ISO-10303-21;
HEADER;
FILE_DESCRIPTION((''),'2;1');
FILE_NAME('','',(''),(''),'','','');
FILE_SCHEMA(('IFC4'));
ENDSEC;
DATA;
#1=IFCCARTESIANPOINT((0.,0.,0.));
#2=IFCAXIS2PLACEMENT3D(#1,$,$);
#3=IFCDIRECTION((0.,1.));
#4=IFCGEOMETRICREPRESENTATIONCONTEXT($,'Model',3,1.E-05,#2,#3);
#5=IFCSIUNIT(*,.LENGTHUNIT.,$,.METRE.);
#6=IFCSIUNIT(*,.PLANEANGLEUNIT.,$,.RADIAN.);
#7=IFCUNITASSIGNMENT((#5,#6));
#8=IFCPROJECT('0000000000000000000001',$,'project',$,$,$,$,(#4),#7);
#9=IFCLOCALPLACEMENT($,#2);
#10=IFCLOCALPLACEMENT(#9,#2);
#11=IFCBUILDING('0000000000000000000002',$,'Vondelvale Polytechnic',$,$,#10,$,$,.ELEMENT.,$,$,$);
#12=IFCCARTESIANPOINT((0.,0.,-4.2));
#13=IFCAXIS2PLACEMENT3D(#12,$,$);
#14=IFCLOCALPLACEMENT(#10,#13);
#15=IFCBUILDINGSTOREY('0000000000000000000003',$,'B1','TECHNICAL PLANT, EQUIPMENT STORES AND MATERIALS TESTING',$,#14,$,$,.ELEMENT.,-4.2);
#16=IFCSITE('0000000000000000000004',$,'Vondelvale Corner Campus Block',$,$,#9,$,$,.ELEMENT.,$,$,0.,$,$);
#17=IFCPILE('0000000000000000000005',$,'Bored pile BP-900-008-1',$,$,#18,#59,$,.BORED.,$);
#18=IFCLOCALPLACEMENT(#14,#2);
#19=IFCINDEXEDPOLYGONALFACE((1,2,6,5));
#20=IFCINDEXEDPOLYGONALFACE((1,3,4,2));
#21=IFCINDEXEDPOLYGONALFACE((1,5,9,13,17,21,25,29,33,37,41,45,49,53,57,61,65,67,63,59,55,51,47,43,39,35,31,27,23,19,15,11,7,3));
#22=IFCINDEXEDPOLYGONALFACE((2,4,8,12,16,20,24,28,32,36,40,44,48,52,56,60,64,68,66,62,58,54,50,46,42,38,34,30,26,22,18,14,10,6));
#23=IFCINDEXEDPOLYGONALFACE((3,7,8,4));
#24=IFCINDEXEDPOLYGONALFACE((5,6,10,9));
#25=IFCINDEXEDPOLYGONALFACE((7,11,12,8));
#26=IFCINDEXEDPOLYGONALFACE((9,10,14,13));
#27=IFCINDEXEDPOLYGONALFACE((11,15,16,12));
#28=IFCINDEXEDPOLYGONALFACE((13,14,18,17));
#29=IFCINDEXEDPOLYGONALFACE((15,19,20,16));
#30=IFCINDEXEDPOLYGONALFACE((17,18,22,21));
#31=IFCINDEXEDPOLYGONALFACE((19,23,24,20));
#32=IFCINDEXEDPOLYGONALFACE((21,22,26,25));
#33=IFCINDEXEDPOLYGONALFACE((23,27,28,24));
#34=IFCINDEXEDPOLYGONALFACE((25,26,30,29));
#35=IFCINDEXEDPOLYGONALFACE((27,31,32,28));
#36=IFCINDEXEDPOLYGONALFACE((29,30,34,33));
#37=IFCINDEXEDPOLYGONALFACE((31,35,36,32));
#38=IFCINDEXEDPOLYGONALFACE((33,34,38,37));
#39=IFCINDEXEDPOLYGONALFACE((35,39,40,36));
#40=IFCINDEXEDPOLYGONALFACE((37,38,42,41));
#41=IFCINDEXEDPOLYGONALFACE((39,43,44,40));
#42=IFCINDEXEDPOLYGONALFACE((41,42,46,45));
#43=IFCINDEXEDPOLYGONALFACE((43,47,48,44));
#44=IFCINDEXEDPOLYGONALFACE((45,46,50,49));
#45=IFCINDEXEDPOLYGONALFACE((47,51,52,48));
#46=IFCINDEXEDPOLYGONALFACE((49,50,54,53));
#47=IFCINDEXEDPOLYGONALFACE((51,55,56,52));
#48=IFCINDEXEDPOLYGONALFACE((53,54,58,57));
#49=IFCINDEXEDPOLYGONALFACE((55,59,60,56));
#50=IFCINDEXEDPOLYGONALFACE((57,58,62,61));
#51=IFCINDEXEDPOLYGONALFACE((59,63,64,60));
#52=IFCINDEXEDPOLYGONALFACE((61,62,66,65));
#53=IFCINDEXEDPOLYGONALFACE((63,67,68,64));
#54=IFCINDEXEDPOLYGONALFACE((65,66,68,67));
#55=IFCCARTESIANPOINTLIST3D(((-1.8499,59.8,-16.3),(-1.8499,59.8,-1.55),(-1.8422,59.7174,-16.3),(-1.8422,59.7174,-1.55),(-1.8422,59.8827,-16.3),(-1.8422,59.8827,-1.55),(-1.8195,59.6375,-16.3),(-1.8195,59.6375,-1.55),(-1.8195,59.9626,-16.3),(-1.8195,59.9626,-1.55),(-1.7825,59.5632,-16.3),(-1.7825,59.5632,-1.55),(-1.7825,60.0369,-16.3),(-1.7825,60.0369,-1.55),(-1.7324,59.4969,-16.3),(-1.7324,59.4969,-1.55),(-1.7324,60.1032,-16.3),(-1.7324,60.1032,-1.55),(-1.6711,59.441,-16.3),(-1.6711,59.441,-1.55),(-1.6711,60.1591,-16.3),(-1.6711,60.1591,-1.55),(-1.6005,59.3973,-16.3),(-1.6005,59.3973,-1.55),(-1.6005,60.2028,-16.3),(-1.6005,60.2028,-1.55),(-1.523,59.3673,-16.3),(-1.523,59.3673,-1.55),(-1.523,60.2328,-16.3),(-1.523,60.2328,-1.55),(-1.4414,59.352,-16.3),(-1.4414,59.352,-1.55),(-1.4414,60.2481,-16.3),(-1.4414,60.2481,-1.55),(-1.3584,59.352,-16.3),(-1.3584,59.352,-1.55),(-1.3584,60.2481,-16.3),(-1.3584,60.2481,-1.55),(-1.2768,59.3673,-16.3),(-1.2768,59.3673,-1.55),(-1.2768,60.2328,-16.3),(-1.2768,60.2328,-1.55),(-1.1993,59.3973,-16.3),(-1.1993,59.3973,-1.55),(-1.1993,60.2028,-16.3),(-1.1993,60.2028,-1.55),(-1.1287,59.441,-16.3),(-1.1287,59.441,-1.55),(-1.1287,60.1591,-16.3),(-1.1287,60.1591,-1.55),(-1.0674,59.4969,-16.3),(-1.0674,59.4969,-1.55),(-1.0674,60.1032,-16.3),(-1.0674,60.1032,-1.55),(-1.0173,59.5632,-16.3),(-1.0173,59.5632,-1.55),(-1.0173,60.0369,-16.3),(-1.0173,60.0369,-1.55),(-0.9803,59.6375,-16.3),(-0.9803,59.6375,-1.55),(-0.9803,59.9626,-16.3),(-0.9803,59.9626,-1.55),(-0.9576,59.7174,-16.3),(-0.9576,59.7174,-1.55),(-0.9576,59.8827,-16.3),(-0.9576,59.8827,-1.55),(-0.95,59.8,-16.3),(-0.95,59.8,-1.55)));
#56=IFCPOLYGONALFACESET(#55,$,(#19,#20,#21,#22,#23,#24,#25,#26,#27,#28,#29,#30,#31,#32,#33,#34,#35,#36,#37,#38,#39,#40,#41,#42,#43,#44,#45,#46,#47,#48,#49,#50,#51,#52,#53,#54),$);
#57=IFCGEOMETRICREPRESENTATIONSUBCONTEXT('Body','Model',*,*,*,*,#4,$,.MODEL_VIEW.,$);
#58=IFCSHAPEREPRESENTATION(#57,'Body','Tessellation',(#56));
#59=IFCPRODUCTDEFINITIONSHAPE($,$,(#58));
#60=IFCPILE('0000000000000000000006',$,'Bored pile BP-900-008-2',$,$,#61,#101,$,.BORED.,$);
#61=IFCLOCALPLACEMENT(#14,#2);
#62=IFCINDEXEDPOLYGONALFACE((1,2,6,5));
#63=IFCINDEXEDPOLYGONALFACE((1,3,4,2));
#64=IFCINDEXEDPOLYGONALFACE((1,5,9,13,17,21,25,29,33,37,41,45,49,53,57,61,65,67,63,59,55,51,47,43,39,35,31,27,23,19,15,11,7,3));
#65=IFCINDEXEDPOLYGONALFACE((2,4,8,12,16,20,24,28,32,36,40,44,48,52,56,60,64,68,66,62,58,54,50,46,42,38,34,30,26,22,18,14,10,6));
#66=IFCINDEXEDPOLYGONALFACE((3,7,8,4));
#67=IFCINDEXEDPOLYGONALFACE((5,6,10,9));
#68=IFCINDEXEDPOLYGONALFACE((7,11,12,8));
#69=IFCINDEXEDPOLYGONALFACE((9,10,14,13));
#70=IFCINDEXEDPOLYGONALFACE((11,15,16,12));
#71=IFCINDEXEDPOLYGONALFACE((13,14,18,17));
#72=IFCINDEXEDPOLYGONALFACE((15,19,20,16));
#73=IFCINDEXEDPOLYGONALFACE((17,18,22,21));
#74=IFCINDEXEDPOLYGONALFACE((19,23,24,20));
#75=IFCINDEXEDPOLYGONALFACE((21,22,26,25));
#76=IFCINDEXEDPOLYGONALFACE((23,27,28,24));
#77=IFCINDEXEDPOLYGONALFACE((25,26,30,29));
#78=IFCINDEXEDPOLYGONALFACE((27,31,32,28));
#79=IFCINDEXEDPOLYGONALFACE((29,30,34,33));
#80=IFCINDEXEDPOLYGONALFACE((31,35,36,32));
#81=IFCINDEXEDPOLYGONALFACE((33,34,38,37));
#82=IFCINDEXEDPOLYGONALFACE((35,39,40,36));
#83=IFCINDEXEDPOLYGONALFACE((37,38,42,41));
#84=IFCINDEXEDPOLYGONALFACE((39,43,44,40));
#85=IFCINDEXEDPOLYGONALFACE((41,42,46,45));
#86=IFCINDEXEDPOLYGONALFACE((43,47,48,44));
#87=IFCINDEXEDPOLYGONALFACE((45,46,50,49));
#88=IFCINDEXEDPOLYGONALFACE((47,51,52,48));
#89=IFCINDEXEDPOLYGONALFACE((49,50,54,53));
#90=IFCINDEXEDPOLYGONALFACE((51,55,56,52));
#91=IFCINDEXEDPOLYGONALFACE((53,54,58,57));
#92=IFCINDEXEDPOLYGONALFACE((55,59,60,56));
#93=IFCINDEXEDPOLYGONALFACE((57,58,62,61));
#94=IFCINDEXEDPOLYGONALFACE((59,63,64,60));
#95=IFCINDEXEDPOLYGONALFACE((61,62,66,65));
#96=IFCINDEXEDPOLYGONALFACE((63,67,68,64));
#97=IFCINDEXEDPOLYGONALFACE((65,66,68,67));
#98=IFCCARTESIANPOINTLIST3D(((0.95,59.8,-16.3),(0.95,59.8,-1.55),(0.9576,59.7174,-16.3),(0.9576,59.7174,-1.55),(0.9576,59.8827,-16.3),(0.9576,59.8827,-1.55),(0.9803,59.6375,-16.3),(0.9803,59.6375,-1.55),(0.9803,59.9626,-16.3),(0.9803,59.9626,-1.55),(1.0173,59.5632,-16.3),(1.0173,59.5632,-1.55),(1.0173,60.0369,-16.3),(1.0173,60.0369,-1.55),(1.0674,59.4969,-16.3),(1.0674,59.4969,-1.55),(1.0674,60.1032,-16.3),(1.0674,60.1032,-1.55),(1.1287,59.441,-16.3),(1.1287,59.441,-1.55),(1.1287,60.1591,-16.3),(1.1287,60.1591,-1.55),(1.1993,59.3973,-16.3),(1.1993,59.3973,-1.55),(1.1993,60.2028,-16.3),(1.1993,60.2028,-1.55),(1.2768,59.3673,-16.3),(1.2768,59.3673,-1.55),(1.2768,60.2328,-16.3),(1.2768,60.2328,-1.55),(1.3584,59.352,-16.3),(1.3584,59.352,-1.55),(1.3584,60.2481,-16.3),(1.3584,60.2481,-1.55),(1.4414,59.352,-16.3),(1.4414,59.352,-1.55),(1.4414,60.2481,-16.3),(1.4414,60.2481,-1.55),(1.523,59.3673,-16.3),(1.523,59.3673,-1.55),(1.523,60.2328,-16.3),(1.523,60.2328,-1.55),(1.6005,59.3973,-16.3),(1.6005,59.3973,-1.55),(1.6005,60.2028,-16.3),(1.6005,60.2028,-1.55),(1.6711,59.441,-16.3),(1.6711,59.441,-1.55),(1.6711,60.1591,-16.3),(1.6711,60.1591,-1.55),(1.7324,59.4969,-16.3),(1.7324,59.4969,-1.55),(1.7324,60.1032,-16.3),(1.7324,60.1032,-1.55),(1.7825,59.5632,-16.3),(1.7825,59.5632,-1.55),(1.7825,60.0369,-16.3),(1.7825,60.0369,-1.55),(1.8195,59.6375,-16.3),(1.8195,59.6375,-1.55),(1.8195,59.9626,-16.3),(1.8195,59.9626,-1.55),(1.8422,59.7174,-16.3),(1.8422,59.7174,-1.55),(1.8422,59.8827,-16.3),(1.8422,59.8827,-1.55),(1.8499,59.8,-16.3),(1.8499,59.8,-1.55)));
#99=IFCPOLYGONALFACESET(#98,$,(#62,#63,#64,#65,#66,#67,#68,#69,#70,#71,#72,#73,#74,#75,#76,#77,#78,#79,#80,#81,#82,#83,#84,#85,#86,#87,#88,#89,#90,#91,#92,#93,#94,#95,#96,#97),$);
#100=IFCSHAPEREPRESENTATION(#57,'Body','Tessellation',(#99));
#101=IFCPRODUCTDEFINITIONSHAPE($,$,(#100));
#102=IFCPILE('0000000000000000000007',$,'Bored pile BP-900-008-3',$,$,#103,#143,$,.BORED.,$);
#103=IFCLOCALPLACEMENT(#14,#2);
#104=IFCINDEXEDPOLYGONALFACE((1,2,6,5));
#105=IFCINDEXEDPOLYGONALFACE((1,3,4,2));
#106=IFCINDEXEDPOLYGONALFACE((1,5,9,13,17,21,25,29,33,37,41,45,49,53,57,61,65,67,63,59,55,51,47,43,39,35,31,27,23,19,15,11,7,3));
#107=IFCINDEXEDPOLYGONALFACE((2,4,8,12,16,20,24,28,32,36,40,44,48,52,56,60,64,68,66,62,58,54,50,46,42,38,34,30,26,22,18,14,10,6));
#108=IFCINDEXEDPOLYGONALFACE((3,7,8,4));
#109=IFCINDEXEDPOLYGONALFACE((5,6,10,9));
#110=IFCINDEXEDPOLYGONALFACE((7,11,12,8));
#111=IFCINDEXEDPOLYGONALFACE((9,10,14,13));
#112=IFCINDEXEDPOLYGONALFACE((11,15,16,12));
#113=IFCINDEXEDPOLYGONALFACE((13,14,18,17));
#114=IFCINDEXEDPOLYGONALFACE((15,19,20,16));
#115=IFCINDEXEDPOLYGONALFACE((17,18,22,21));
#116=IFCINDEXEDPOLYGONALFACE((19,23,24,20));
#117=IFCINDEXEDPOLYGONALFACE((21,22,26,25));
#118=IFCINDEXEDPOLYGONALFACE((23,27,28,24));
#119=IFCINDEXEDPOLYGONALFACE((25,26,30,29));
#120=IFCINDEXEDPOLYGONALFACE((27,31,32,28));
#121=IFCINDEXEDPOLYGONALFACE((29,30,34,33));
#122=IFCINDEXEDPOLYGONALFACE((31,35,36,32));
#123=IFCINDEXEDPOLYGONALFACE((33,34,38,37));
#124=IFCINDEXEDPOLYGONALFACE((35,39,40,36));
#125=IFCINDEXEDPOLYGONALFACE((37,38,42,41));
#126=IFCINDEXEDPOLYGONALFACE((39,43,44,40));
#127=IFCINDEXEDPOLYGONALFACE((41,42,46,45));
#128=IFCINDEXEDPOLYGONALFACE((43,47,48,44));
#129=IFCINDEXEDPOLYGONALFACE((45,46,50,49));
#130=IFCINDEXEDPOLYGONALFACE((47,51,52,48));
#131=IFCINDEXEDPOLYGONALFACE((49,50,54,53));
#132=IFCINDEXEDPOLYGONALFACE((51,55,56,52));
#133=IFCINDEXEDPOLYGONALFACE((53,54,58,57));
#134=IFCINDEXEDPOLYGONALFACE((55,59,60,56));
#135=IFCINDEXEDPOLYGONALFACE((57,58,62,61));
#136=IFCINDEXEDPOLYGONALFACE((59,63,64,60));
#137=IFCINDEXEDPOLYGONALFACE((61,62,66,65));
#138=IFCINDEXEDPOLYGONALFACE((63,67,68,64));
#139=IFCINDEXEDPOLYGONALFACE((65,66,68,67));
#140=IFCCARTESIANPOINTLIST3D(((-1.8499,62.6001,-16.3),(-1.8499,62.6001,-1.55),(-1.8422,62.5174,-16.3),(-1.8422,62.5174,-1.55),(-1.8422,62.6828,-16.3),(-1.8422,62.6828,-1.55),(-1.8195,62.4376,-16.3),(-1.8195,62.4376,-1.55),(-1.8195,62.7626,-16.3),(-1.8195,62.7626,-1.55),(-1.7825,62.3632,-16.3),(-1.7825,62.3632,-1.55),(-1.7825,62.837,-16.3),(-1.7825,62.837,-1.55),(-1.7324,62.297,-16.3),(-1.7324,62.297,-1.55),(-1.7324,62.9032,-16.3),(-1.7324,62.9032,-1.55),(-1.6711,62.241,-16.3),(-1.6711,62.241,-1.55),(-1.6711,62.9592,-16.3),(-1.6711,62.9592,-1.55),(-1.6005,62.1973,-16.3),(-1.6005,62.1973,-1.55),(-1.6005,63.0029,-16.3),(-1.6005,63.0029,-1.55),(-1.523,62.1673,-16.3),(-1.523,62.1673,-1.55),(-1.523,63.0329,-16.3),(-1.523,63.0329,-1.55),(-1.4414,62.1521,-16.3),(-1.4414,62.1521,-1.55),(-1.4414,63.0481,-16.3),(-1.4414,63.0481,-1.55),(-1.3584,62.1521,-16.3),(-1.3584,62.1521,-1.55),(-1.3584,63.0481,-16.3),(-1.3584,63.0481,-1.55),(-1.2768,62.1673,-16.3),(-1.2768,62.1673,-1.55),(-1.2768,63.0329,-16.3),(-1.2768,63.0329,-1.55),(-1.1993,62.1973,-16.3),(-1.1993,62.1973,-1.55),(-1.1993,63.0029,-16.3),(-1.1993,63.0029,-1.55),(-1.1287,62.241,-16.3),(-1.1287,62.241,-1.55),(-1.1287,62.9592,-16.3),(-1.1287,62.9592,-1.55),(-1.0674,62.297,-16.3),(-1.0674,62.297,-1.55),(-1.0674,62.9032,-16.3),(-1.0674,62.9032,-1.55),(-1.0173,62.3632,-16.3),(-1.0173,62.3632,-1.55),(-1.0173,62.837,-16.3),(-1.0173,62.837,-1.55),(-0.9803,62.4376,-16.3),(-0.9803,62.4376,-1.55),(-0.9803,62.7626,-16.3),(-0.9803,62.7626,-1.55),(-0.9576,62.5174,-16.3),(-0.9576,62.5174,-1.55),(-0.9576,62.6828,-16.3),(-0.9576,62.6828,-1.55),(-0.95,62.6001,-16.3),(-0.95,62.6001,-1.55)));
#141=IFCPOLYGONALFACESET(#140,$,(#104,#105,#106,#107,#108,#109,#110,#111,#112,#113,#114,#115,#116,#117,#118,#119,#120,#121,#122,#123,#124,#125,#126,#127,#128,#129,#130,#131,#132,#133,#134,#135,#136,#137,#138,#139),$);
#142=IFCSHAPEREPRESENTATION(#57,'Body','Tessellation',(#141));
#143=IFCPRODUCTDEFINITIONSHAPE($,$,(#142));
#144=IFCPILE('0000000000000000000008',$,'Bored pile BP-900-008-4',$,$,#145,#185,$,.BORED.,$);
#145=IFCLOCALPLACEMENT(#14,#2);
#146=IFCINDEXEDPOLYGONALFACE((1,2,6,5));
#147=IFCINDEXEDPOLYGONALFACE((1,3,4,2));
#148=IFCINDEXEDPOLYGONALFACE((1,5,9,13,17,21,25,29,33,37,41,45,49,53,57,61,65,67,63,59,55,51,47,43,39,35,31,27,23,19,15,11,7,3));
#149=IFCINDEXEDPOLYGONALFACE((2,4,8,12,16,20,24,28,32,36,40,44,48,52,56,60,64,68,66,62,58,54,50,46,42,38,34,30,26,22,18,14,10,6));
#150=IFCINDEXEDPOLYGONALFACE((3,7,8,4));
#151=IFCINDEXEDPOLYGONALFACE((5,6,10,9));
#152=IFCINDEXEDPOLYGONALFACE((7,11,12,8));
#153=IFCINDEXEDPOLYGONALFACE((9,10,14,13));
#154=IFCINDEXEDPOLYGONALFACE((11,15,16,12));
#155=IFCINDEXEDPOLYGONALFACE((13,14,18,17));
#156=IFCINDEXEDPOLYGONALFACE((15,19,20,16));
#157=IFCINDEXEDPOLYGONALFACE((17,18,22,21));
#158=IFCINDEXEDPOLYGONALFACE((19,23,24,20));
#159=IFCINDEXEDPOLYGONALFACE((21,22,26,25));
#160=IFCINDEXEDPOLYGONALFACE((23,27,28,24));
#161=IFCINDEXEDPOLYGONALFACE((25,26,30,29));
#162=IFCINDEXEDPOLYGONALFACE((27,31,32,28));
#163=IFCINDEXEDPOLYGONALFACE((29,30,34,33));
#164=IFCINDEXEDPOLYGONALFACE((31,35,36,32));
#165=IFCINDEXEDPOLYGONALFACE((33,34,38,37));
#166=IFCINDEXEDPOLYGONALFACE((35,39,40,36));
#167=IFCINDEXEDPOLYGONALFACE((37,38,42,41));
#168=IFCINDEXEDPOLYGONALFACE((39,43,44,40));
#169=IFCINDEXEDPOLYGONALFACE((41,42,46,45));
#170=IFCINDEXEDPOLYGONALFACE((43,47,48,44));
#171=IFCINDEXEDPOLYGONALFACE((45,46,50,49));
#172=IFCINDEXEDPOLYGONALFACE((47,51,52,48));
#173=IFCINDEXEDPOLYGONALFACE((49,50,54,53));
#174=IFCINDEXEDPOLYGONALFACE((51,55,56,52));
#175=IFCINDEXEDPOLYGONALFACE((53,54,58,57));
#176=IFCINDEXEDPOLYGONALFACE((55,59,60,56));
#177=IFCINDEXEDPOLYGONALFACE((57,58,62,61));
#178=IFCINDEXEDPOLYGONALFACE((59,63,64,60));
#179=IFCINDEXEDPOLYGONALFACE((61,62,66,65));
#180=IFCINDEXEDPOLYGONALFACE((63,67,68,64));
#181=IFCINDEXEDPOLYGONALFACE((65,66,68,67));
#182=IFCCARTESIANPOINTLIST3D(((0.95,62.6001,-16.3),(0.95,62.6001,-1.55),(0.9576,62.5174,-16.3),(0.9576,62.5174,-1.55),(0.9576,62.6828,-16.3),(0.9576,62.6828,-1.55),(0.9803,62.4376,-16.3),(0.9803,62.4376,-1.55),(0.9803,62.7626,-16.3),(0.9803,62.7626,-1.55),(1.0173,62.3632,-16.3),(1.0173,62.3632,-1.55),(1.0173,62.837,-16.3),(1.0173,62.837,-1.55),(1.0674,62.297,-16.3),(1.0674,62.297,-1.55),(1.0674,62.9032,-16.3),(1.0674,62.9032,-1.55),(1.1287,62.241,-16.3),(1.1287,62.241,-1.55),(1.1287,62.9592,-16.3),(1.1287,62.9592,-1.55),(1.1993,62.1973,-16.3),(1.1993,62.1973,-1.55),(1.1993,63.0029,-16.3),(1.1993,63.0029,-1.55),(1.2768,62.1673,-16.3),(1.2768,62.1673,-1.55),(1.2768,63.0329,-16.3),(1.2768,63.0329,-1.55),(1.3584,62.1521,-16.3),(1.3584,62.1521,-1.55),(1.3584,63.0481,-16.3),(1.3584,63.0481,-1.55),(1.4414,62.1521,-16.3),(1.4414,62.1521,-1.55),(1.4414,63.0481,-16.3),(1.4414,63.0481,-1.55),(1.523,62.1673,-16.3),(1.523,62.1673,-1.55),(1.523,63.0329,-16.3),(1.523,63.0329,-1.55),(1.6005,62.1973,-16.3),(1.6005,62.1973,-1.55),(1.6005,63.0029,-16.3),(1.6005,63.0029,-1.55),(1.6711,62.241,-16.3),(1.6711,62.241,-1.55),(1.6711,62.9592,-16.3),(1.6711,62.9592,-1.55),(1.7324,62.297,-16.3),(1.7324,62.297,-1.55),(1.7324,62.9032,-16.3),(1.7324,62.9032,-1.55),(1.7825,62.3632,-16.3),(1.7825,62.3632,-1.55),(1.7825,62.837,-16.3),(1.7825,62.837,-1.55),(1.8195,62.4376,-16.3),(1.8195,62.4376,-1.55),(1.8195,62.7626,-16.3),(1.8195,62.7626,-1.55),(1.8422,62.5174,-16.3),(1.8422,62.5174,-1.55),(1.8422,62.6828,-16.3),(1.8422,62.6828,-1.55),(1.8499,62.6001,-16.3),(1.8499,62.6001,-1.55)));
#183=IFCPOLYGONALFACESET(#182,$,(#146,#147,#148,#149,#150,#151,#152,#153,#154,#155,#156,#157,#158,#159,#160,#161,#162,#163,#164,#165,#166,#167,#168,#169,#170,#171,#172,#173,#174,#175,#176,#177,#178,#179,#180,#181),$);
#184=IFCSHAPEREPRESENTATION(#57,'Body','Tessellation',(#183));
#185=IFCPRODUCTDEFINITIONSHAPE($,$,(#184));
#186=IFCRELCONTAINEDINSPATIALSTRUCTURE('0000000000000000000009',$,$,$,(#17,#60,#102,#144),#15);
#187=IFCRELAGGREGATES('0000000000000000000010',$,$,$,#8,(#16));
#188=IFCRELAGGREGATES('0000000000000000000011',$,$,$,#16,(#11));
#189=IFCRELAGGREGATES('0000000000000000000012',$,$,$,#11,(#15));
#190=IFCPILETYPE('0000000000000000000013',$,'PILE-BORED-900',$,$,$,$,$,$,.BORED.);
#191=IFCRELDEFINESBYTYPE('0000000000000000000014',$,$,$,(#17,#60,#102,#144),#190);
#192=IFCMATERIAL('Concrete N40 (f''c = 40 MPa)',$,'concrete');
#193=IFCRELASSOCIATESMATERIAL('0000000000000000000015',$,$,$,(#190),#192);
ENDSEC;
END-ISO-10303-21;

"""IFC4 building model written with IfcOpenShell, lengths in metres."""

from ifc_helpers import new_model, si_unit, direction, frame, origin, origin_2d, place, context, subcontext, project, spatial, circle, extrude, material, material_profile, profile_set, type_object, element, save


model = new_model("IFC4")

# Units and contexts
model_context = context("Model", 3, precision=1e-05, world=origin(), true_north=direction((0.0, 1.0)))
body_context = subcontext(model_context, "Body", "Model", "MODEL_VIEW")
ifc_project = project(units=[si_unit("LENGTHUNIT", "METRE"), si_unit("PLANEANGLEUNIT", "RADIAN")], contexts=[model_context])

# Site, building, storey
site_placement = place(None, origin())
site = spatial("IfcSite", under=ifc_project, at=site_placement, Name="Vondelvale Corner Campus Block", CompositionType="ELEMENT", RefElevation=0.0)
building_placement = place(site_placement, origin())
building = spatial("IfcBuilding", under=site, at=building_placement, Name="Vondelvale Polytechnic", CompositionType="ELEMENT")
storey_placement = place(building_placement, frame((0.0, 0.0, -4.2)))
storey = spatial("IfcBuildingStorey", under=building, at=storey_placement, Name="B1", Description="TECHNICAL PLANT, EQUIPMENT STORES AND MATERIALS TESTING", CompositionType="ELEMENT", Elevation=-4.2)

# Shared definitions
ifc_material_1 = material(Name="Concrete N40 (f'c = 40 MPa)", Category="concrete")

# Piles
ifc_material_profile_1 = material_profile(ifc_material_1, circle(Radius=0.45, at=origin_2d()), Name="PILE-D900")
ifc_profile_set_1 = profile_set([ifc_material_profile_1], Name="Concrete N40 (f'c = 40 MPa)")
pile_type_1 = type_object("IfcPileType", Name="PILE-BORED-900", PredefinedType="BORED", material=ifc_profile_set_1)
for number, where, z_axis, x_axis, name in (
    (1, (-1.3999, 59.8, -1.55), (0.0, 0.0, -1.0), (1.0, 0.0, 0.0), "Bored pile BP-900-008-1"),
    (2, (1.3999, 59.8, -1.55), (0.0, 0.0, -1.0), (1.0, 0.0, 0.0), "Bored pile BP-900-008-2"),
    (3, (-1.3999, 62.6001, -1.55), (0.0, 0.0, -1.0), (1.0, 0.0, 0.0), "Bored pile BP-900-008-3"),
    (4, (1.3999, 62.6001, -1.55), (0.0, 0.0, -1.0), (1.0, 0.0, 0.0), "Bored pile BP-900-008-4"),
):
    element("IfcPile", number, at=place(storey_placement, frame(where, z_axis=z_axis, x_axis=x_axis)), inside=storey, type_object=pile_type_1, Name=name, PredefinedType="BORED", context=body_context, shape_type="SweptSolid", body=[
        extrude(circle(Radius=0.45, at=origin_2d()), origin(), (0.0, 0.0, 1.0), 14.75),
    ])

save(model, "model.ifc")
